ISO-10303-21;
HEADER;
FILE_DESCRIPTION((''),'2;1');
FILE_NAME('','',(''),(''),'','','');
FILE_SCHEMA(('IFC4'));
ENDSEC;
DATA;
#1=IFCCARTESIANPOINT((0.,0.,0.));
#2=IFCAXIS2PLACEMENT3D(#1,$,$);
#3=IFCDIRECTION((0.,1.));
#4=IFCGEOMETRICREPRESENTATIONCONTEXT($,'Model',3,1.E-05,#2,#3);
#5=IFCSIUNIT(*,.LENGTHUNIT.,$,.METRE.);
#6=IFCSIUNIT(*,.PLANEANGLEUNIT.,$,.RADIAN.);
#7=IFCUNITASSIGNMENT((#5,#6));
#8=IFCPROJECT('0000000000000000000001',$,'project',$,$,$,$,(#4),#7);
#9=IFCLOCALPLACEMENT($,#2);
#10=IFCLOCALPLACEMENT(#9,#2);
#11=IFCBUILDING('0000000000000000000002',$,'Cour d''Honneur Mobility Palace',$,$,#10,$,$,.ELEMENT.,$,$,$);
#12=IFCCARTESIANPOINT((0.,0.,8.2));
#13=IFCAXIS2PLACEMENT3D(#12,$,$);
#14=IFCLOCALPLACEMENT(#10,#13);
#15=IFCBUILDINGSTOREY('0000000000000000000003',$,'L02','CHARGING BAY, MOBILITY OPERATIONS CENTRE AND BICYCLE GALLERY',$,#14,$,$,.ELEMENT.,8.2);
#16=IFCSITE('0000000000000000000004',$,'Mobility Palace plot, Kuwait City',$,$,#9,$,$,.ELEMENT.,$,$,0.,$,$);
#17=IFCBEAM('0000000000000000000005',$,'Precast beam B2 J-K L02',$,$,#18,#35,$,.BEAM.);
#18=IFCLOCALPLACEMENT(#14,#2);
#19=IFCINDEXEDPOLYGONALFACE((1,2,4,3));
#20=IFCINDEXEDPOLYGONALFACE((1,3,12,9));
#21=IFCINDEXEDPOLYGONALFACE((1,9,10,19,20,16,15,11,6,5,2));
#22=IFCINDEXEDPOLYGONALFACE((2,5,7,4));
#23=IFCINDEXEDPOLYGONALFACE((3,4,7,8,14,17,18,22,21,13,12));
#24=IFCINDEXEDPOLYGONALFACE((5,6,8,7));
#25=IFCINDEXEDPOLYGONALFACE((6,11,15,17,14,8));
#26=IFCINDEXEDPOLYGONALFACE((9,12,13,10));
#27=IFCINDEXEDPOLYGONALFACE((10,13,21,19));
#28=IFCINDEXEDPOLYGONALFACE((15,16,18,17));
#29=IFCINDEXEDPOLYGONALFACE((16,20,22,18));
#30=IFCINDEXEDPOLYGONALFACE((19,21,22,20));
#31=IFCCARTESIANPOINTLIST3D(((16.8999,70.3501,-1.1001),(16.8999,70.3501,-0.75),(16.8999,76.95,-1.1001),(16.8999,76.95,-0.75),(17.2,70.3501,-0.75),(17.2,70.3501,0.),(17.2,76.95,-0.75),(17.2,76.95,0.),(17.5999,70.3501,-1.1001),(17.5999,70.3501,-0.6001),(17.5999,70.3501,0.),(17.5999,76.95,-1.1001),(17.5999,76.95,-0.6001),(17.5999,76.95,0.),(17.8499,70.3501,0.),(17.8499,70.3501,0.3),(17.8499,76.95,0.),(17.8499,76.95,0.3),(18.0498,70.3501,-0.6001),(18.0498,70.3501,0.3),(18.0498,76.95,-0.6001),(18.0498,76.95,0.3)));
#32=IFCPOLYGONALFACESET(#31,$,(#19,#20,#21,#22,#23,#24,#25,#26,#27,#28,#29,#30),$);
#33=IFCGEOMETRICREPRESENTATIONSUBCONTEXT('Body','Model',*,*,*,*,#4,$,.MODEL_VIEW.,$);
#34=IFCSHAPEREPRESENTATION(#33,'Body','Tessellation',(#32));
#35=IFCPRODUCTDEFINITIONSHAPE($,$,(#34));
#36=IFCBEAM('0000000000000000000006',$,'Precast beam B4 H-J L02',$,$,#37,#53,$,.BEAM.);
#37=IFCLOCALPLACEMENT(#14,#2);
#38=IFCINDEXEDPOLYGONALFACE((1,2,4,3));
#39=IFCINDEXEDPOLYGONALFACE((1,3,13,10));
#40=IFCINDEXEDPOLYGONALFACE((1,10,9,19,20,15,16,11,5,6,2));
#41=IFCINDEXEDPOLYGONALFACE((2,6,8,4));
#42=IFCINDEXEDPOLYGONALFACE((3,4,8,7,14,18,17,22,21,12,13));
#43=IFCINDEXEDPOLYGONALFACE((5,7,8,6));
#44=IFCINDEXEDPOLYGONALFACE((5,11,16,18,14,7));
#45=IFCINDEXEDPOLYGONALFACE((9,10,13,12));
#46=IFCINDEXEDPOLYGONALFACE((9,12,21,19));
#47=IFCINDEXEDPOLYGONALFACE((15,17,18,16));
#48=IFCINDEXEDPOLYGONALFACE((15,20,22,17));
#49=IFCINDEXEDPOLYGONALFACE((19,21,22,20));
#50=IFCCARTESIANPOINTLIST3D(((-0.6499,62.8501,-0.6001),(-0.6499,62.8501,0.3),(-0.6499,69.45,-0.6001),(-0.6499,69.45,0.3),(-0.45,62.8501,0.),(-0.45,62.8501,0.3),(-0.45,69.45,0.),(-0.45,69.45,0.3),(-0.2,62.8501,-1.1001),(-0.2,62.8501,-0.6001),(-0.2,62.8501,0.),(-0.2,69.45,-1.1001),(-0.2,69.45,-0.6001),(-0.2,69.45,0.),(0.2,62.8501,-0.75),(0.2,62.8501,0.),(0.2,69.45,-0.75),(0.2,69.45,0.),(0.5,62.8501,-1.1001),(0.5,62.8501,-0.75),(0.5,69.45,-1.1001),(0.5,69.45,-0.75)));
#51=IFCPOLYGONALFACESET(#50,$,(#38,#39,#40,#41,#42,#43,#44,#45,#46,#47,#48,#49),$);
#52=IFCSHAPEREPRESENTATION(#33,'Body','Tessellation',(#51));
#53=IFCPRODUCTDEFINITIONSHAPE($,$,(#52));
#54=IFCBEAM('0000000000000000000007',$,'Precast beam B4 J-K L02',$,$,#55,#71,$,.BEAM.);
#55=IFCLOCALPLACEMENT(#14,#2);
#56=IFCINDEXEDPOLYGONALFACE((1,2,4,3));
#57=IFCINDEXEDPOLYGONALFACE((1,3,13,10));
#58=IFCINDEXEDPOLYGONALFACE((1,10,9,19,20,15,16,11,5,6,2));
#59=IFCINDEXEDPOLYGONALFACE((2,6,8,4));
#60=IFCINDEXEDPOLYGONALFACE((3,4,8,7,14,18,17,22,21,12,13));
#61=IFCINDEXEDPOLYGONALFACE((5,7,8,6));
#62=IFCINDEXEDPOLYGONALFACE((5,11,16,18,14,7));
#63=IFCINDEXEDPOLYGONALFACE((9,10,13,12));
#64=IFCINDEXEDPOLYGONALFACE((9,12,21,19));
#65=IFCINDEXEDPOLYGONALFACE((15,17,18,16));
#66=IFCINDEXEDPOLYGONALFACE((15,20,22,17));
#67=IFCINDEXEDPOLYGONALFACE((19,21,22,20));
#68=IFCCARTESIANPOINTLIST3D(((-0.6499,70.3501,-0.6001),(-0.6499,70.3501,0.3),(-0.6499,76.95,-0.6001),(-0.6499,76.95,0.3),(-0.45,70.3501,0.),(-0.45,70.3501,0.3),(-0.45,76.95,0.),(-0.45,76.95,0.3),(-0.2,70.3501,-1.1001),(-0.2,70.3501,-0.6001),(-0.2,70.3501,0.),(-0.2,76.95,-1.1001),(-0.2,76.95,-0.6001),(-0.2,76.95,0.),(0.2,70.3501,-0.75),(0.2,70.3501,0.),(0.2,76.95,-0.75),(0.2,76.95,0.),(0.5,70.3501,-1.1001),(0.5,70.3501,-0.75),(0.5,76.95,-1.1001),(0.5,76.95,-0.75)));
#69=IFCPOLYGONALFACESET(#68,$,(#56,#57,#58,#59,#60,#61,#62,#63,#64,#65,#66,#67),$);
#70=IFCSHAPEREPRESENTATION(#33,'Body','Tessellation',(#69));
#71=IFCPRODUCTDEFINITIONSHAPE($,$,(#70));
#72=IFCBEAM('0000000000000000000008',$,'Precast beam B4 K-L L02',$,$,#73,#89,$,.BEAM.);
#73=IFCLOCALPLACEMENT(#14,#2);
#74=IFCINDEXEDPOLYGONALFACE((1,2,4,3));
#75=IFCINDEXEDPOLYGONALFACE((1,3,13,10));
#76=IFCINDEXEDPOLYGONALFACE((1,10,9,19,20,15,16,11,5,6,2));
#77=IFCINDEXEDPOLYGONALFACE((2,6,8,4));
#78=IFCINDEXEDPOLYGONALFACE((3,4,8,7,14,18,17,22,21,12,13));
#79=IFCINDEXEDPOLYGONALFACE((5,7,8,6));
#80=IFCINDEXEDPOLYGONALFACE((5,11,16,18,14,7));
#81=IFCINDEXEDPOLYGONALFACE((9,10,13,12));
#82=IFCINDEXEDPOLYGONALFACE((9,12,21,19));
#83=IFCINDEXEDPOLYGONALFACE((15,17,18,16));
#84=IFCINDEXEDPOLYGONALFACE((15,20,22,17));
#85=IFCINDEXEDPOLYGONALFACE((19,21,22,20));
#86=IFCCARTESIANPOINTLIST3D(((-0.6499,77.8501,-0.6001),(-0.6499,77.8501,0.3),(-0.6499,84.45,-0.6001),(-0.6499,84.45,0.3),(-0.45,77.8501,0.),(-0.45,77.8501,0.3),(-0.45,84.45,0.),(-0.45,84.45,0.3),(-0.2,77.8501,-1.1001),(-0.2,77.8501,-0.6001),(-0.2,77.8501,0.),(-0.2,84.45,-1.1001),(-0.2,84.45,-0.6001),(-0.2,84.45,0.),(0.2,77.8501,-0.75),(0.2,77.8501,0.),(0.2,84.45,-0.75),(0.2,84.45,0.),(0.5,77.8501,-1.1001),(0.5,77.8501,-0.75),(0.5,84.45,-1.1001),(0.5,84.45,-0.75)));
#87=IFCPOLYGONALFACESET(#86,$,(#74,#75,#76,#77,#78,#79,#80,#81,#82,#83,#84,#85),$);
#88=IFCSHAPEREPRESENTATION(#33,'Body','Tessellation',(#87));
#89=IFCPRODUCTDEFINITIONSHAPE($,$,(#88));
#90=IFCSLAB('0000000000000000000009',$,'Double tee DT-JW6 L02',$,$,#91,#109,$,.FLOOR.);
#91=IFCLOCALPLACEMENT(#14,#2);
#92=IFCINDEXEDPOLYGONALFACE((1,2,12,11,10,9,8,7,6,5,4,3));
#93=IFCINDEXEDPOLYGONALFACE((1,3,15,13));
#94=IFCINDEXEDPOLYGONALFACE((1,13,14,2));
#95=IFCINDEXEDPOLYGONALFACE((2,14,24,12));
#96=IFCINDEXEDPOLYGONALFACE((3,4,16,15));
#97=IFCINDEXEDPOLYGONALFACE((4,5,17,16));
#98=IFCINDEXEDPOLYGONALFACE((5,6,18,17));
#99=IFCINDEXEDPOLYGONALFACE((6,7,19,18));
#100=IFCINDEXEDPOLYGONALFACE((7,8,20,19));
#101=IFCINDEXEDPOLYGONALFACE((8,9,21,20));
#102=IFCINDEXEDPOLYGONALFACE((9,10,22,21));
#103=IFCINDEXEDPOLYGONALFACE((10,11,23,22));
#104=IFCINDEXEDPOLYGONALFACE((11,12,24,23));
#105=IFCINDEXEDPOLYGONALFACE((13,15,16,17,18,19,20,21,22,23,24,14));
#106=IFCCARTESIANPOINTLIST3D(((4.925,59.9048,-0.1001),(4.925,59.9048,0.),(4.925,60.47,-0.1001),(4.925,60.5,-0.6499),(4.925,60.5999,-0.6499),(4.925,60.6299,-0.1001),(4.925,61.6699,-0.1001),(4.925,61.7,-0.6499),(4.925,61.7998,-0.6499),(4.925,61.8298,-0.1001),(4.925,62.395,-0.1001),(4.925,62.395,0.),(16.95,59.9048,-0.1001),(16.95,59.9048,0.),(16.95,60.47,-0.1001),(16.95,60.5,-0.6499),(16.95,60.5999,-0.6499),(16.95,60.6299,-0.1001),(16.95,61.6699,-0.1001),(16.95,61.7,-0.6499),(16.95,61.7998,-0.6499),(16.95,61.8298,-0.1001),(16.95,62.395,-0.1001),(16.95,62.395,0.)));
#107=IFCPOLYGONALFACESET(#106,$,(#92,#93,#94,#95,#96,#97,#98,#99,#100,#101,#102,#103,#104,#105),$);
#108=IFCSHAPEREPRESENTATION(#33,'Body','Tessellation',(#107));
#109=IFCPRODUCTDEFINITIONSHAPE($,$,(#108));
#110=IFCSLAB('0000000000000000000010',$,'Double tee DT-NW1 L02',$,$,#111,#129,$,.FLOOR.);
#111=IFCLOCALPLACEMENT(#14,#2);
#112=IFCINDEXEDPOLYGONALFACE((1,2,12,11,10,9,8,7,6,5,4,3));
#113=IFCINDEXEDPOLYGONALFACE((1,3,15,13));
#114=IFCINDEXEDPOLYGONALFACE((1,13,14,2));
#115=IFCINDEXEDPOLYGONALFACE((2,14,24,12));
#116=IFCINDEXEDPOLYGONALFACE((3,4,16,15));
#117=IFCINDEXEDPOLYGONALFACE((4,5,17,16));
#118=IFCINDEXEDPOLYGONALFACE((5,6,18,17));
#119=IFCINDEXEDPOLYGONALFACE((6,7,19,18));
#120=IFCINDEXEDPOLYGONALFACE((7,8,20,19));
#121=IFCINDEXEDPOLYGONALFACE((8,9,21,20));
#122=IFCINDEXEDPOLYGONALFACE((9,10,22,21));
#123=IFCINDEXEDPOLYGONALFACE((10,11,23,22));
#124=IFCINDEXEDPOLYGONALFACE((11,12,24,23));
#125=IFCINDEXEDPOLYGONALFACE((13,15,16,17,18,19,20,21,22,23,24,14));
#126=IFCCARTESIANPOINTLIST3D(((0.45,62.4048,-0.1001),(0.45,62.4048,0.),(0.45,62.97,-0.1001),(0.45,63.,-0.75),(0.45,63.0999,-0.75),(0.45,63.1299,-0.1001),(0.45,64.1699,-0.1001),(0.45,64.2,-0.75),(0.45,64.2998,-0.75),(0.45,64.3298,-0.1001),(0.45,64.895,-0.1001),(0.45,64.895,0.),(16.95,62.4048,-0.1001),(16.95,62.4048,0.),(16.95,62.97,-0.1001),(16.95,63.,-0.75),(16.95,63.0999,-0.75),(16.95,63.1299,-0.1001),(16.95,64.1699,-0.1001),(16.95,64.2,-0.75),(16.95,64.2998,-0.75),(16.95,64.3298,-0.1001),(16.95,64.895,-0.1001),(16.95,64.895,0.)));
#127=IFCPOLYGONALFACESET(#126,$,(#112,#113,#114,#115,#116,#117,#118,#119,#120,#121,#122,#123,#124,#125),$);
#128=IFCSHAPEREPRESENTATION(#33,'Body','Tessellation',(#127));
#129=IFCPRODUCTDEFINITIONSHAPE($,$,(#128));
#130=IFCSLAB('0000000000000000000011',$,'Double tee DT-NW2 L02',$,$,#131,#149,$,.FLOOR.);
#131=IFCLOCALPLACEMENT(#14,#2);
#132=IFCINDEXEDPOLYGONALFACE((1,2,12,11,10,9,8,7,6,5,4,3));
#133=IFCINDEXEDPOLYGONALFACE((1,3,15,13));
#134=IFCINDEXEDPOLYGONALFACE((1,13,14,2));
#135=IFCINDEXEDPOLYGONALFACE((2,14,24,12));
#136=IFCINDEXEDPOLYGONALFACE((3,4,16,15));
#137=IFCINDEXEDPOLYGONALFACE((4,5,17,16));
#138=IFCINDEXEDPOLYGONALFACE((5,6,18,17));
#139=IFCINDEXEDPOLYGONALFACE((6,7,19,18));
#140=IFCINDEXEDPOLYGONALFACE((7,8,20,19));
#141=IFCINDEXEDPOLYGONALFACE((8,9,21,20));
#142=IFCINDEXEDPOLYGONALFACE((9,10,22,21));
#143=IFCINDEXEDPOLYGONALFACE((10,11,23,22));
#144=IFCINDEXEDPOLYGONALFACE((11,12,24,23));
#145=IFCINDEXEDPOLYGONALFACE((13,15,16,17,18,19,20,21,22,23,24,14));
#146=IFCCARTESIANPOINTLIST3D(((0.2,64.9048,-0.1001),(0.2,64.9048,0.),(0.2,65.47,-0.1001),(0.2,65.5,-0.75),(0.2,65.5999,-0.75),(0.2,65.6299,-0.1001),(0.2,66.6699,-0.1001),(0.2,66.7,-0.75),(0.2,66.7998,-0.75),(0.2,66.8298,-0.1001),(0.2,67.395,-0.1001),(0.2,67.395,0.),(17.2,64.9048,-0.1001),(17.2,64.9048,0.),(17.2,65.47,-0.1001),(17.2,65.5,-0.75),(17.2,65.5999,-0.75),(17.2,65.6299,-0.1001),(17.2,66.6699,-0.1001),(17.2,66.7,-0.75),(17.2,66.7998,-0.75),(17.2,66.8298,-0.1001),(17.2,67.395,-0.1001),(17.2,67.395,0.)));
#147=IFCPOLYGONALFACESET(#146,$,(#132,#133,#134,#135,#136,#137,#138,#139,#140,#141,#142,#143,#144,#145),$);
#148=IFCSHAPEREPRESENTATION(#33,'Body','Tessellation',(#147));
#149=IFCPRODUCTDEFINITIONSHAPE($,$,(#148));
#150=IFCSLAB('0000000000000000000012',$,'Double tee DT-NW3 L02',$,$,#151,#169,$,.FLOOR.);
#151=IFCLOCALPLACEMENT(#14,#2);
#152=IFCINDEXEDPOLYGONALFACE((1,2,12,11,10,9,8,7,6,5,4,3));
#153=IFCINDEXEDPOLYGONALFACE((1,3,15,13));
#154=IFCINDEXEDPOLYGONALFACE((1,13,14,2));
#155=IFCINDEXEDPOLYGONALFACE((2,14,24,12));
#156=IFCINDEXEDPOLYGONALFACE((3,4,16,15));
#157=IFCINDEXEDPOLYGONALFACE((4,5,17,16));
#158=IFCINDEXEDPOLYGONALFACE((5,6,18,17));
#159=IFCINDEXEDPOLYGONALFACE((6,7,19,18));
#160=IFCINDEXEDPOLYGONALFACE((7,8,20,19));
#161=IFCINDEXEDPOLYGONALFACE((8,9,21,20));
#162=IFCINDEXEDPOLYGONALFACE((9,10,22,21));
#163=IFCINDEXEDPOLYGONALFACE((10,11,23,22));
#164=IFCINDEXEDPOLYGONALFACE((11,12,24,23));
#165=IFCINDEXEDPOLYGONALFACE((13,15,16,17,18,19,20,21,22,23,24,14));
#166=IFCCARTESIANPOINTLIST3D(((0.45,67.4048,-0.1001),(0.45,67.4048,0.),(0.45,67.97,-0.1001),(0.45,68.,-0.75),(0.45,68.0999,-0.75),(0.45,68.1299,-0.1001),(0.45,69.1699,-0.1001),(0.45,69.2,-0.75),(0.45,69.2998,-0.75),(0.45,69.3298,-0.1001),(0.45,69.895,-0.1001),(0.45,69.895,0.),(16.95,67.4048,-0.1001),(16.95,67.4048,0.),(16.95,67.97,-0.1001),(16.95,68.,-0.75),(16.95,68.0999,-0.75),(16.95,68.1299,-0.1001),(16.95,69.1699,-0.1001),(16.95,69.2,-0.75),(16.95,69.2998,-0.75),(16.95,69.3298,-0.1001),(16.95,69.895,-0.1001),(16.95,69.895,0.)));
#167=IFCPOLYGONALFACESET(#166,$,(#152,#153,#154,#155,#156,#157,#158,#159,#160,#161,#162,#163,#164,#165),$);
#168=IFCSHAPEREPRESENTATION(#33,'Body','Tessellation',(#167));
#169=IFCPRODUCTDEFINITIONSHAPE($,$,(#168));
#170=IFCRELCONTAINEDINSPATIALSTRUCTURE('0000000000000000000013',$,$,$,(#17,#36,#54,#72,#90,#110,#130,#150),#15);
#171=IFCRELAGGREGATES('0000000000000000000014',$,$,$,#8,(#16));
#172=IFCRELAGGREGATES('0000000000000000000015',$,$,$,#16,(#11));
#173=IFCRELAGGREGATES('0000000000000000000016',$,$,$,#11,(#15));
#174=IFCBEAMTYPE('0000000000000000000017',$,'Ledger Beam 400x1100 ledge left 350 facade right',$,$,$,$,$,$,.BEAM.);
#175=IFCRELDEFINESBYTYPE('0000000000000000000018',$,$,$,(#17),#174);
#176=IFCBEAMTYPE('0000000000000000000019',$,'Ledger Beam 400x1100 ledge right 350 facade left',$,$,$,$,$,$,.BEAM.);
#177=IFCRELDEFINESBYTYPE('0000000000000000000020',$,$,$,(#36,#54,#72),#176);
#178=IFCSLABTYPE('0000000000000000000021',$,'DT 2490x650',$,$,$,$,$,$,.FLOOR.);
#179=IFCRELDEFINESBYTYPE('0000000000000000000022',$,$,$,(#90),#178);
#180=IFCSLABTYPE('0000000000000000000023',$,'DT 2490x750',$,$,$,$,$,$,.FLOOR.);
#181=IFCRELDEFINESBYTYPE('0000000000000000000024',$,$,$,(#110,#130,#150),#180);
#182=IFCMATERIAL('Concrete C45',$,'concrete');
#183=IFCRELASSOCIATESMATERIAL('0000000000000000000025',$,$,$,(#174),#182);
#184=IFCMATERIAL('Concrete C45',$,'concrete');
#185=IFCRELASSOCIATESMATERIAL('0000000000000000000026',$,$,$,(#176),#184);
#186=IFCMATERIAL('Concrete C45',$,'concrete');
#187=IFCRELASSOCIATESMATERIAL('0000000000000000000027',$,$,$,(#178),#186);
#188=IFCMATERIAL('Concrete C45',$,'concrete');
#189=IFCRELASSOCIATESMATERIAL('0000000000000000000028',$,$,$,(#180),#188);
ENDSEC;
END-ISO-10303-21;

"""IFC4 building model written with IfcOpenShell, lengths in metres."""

from ifc_helpers import new_model, si_unit, direction, frame, origin, place, context, subcontext, project, spatial, polyline, outline, extrude, material, material_profile, profile_set, type_object, element, save


model = new_model("IFC4")

# Units and contexts
model_context = context("Model", 3, precision=1e-05, world=origin(), true_north=direction((0.0, 1.0)))
body_context = subcontext(model_context, "Body", "Model", "MODEL_VIEW")
ifc_project = project(units=[si_unit("LENGTHUNIT", "METRE"), si_unit("PLANEANGLEUNIT", "RADIAN")], contexts=[model_context])

# Site, building, storey
site_placement = place(None, origin())
site = spatial("IfcSite", under=ifc_project, at=site_placement, Name="Mobility Palace plot, Kuwait City", CompositionType="ELEMENT", RefElevation=0.0)
building_placement = place(site_placement, origin())
building = spatial("IfcBuilding", under=site, at=building_placement, Name="Cour d'Honneur Mobility Palace", CompositionType="ELEMENT")
storey_placement = place(building_placement, frame((0.0, 0.0, 8.2)))
storey = spatial("IfcBuildingStorey", under=building, at=storey_placement, Name="L02", Description="CHARGING BAY, MOBILITY OPERATIONS CENTRE AND BICYCLE GALLERY", CompositionType="ELEMENT", Elevation=8.2)

# Beams
ifc_material_1 = material(Name="Concrete C45", Category="concrete")
ifc_material_profile_1 = material_profile(ifc_material_1, outline(polyline([(0.5, -1.1001), (0.5, -0.75), (0.2, -0.75), (0.2, 0.0), (-0.2, 0.0), (-0.45, 0.0), (-0.45, 0.3), (-0.6499, 0.3), (-0.6499, -0.6001), (-0.2, -0.6001), (-0.2, -1.1001), (0.5, -1.1001)])), Name="Ledger Beam 400x1100 ledge left 350 facade right")
ifc_profile_set_1 = profile_set([ifc_material_profile_1], Name="Concrete C45")
beam_type_1 = type_object("IfcBeamType", Name="Ledger Beam 400x1100 ledge left 350 facade right", PredefinedType="BEAM", material=ifc_profile_set_1)
beam_1_placement = place(storey_placement, frame((17.3999, 70.3501, 0.0), z_axis=(0.0, 1.0, 0.0), x_axis=(-1.0, 0.0, 0.0)))
element("IfcBeam", 1, at=beam_1_placement, inside=storey, type_object=beam_type_1, Name="Precast beam B2 J-K L02", PredefinedType="BEAM", context=body_context, shape_type="SweptSolid", body=[
    extrude(outline(polyline([(0.5, -1.1001), (0.5, -0.75), (0.2, -0.75), (0.2, 0.0), (-0.2, 0.0), (-0.45, 0.0), (-0.45, 0.3), (-0.6499, 0.3), (-0.6499, -0.6001), (-0.2, -0.6001), (-0.2, -1.1001), (0.5, -1.1001)])), origin(), (0.0, 0.0, 1.0), 6.5999),
])
ifc_material_2 = material(Name="Concrete C45", Category="concrete")
ifc_material_profile_2 = material_profile(ifc_material_2, outline(polyline([(0.2, -1.1001), (0.2, -0.6001), (0.6499, -0.6001), (0.6499, 0.3), (0.45, 0.3), (0.45, 0.0), (0.2, 0.0), (-0.2, 0.0), (-0.2, -0.75), (-0.5, -0.75), (-0.5, -1.1001), (0.2, -1.1001)])), Name="Ledger Beam 400x1100 ledge right 350 facade left")
ifc_profile_set_2 = profile_set([ifc_material_profile_2], Name="Concrete C45")
beam_type_2 = type_object("IfcBeamType", Name="Ledger Beam 400x1100 ledge right 350 facade left", PredefinedType="BEAM", material=ifc_profile_set_2)
for number, where, z_axis, x_axis, name in (
    (2, (0.0, 62.8501, 0.0), (0.0, 1.0, 0.0), (-1.0, 0.0, 0.0), "Precast beam B4 H-J L02"),
    (3, (0.0, 70.3501, 0.0), (0.0, 1.0, 0.0), (-1.0, 0.0, 0.0), "Precast beam B4 J-K L02"),
    (4, (0.0, 77.8501, 0.0), (0.0, 1.0, 0.0), (-1.0, 0.0, 0.0), "Precast beam B4 K-L L02"),
):
    element("IfcBeam", number, at=place(storey_placement, frame(where, z_axis=z_axis, x_axis=x_axis)), inside=storey, type_object=beam_type_2, Name=name, PredefinedType="BEAM", context=body_context, shape_type="SweptSolid", body=[
        extrude(outline(polyline([(0.2, -1.1001), (0.2, -0.6001), (0.6499, -0.6001), (0.6499, 0.3), (0.45, 0.3), (0.45, 0.0), (0.2, 0.0), (-0.2, 0.0), (-0.2, -0.75), (-0.5, -0.75), (-0.5, -1.1001), (0.2, -1.1001)])), origin(), (0.0, 0.0, 1.0), 6.5999),
    ])

# Slabs
ifc_material_3 = material(Name="Concrete C45", Category="concrete")
ifc_material_profile_3 = material_profile(ifc_material_3, outline(polyline([(-1.2451, 0.0), (1.2451, 0.0), (1.2451, -0.1001), (0.6799, -0.1001), (0.6499, -0.6499), (0.55, -0.6499), (0.52, -0.1001), (-0.52, -0.1001), (-0.55, -0.6499), (-0.6499, -0.6499), (-0.6799, -0.1001), (-1.2451, -0.1001), (-1.2451, 0.0)])), Name="DT 2490x650")
ifc_profile_set_3 = profile_set([ifc_material_profile_3], Name="Concrete C45")
slab_type_1 = type_object("IfcSlabType", Name="DT 2490x650", PredefinedType="FLOOR", material=ifc_profile_set_3)
slab_1_placement = place(storey_placement, frame((4.925, 61.1499, 0.0), z_axis=(1.0, 0.0, 0.0), x_axis=(0.0, 1.0, 0.0)))
element("IfcSlab", 5, at=slab_1_placement, inside=storey, type_object=slab_type_1, Name="Double tee DT-JW6 L02", PredefinedType="FLOOR", context=body_context, shape_type="SweptSolid", body=[
    extrude(outline(polyline([(-1.2451, 0.0), (1.2451, 0.0), (1.2451, -0.1001), (0.6799, -0.1001), (0.6499, -0.6499), (0.55, -0.6499), (0.52, -0.1001), (-0.52, -0.1001), (-0.55, -0.6499), (-0.6499, -0.6499), (-0.6799, -0.1001), (-1.2451, -0.1001), (-1.2451, 0.0)])), origin(), (0.0, 0.0, 1.0), 12.0249),
])
ifc_material_4 = material(Name="Concrete C45", Category="concrete")
ifc_material_profile_4 = material_profile(ifc_material_4, outline(polyline([(-1.2451, 0.0), (1.2451, 0.0), (1.2451, -0.1001), (0.6799, -0.1001), (0.6499, -0.75), (0.55, -0.75), (0.52, -0.1001), (-0.52, -0.1001), (-0.55, -0.75), (-0.6499, -0.75), (-0.6799, -0.1001), (-1.2451, -0.1001), (-1.2451, 0.0)])), Name="DT 2490x750")
ifc_profile_set_4 = profile_set([ifc_material_profile_4], Name="Concrete C45")
slab_type_2 = type_object("IfcSlabType", Name="DT 2490x750", PredefinedType="FLOOR", material=ifc_profile_set_4)
slab_2_placement = place(storey_placement, frame((0.45, 63.6499, 0.0), z_axis=(1.0, 0.0, 0.0), x_axis=(0.0, 1.0, 0.0)))
element("IfcSlab", 6, at=slab_2_placement, inside=storey, type_object=slab_type_2, Name="Double tee DT-NW1 L02", PredefinedType="FLOOR", context=body_context, shape_type="SweptSolid", body=[
    extrude(outline(polyline([(-1.2451, 0.0), (1.2451, 0.0), (1.2451, -0.1001), (0.6799, -0.1001), (0.6499, -0.75), (0.55, -0.75), (0.52, -0.1001), (-0.52, -0.1001), (-0.55, -0.75), (-0.6499, -0.75), (-0.6799, -0.1001), (-1.2451, -0.1001), (-1.2451, 0.0)])), origin(), (0.0, 0.0, 1.0), 16.5),
])
slab_3_placement = place(storey_placement, frame((0.2, 66.1499, 0.0), z_axis=(1.0, 0.0, 0.0), x_axis=(0.0, 1.0, 0.0)))
element("IfcSlab", 7, at=slab_3_placement, inside=storey, type_object=slab_type_2, Name="Double tee DT-NW2 L02", PredefinedType="FLOOR", context=body_context, shape_type="SweptSolid", body=[
    extrude(outline(polyline([(-1.2451, 0.0), (1.2451, 0.0), (1.2451, -0.1001), (0.6799, -0.1001), (0.6499, -0.75), (0.55, -0.75), (0.52, -0.1001), (-0.52, -0.1001), (-0.55, -0.75), (-0.6499, -0.75), (-0.6799, -0.1001), (-1.2451, -0.1001), (-1.2451, 0.0)])), origin(), (0.0, 0.0, 1.0), 17.0),
])
for number, where, z_axis, x_axis, name in (
    (8, (0.45, 68.6499, 0.0), (1.0, 0.0, 0.0), (0.0, 1.0, 0.0), "Double tee DT-NW3 L02"),
):
    element("IfcSlab", number, at=place(storey_placement, frame(where, z_axis=z_axis, x_axis=x_axis)), inside=storey, type_object=slab_type_2, Name=name, PredefinedType="FLOOR", context=body_context, shape_type="SweptSolid", body=[
        extrude(outline(polyline([(-1.2451, 0.0), (1.2451, 0.0), (1.2451, -0.1001), (0.6799, -0.1001), (0.6499, -0.75), (0.55, -0.75), (0.52, -0.1001), (-0.52, -0.1001), (-0.55, -0.75), (-0.6499, -0.75), (-0.6799, -0.1001), (-1.2451, -0.1001), (-1.2451, 0.0)])), origin(), (0.0, 0.0, 1.0), 16.5),
    ])

save(model, "model.ifc")
